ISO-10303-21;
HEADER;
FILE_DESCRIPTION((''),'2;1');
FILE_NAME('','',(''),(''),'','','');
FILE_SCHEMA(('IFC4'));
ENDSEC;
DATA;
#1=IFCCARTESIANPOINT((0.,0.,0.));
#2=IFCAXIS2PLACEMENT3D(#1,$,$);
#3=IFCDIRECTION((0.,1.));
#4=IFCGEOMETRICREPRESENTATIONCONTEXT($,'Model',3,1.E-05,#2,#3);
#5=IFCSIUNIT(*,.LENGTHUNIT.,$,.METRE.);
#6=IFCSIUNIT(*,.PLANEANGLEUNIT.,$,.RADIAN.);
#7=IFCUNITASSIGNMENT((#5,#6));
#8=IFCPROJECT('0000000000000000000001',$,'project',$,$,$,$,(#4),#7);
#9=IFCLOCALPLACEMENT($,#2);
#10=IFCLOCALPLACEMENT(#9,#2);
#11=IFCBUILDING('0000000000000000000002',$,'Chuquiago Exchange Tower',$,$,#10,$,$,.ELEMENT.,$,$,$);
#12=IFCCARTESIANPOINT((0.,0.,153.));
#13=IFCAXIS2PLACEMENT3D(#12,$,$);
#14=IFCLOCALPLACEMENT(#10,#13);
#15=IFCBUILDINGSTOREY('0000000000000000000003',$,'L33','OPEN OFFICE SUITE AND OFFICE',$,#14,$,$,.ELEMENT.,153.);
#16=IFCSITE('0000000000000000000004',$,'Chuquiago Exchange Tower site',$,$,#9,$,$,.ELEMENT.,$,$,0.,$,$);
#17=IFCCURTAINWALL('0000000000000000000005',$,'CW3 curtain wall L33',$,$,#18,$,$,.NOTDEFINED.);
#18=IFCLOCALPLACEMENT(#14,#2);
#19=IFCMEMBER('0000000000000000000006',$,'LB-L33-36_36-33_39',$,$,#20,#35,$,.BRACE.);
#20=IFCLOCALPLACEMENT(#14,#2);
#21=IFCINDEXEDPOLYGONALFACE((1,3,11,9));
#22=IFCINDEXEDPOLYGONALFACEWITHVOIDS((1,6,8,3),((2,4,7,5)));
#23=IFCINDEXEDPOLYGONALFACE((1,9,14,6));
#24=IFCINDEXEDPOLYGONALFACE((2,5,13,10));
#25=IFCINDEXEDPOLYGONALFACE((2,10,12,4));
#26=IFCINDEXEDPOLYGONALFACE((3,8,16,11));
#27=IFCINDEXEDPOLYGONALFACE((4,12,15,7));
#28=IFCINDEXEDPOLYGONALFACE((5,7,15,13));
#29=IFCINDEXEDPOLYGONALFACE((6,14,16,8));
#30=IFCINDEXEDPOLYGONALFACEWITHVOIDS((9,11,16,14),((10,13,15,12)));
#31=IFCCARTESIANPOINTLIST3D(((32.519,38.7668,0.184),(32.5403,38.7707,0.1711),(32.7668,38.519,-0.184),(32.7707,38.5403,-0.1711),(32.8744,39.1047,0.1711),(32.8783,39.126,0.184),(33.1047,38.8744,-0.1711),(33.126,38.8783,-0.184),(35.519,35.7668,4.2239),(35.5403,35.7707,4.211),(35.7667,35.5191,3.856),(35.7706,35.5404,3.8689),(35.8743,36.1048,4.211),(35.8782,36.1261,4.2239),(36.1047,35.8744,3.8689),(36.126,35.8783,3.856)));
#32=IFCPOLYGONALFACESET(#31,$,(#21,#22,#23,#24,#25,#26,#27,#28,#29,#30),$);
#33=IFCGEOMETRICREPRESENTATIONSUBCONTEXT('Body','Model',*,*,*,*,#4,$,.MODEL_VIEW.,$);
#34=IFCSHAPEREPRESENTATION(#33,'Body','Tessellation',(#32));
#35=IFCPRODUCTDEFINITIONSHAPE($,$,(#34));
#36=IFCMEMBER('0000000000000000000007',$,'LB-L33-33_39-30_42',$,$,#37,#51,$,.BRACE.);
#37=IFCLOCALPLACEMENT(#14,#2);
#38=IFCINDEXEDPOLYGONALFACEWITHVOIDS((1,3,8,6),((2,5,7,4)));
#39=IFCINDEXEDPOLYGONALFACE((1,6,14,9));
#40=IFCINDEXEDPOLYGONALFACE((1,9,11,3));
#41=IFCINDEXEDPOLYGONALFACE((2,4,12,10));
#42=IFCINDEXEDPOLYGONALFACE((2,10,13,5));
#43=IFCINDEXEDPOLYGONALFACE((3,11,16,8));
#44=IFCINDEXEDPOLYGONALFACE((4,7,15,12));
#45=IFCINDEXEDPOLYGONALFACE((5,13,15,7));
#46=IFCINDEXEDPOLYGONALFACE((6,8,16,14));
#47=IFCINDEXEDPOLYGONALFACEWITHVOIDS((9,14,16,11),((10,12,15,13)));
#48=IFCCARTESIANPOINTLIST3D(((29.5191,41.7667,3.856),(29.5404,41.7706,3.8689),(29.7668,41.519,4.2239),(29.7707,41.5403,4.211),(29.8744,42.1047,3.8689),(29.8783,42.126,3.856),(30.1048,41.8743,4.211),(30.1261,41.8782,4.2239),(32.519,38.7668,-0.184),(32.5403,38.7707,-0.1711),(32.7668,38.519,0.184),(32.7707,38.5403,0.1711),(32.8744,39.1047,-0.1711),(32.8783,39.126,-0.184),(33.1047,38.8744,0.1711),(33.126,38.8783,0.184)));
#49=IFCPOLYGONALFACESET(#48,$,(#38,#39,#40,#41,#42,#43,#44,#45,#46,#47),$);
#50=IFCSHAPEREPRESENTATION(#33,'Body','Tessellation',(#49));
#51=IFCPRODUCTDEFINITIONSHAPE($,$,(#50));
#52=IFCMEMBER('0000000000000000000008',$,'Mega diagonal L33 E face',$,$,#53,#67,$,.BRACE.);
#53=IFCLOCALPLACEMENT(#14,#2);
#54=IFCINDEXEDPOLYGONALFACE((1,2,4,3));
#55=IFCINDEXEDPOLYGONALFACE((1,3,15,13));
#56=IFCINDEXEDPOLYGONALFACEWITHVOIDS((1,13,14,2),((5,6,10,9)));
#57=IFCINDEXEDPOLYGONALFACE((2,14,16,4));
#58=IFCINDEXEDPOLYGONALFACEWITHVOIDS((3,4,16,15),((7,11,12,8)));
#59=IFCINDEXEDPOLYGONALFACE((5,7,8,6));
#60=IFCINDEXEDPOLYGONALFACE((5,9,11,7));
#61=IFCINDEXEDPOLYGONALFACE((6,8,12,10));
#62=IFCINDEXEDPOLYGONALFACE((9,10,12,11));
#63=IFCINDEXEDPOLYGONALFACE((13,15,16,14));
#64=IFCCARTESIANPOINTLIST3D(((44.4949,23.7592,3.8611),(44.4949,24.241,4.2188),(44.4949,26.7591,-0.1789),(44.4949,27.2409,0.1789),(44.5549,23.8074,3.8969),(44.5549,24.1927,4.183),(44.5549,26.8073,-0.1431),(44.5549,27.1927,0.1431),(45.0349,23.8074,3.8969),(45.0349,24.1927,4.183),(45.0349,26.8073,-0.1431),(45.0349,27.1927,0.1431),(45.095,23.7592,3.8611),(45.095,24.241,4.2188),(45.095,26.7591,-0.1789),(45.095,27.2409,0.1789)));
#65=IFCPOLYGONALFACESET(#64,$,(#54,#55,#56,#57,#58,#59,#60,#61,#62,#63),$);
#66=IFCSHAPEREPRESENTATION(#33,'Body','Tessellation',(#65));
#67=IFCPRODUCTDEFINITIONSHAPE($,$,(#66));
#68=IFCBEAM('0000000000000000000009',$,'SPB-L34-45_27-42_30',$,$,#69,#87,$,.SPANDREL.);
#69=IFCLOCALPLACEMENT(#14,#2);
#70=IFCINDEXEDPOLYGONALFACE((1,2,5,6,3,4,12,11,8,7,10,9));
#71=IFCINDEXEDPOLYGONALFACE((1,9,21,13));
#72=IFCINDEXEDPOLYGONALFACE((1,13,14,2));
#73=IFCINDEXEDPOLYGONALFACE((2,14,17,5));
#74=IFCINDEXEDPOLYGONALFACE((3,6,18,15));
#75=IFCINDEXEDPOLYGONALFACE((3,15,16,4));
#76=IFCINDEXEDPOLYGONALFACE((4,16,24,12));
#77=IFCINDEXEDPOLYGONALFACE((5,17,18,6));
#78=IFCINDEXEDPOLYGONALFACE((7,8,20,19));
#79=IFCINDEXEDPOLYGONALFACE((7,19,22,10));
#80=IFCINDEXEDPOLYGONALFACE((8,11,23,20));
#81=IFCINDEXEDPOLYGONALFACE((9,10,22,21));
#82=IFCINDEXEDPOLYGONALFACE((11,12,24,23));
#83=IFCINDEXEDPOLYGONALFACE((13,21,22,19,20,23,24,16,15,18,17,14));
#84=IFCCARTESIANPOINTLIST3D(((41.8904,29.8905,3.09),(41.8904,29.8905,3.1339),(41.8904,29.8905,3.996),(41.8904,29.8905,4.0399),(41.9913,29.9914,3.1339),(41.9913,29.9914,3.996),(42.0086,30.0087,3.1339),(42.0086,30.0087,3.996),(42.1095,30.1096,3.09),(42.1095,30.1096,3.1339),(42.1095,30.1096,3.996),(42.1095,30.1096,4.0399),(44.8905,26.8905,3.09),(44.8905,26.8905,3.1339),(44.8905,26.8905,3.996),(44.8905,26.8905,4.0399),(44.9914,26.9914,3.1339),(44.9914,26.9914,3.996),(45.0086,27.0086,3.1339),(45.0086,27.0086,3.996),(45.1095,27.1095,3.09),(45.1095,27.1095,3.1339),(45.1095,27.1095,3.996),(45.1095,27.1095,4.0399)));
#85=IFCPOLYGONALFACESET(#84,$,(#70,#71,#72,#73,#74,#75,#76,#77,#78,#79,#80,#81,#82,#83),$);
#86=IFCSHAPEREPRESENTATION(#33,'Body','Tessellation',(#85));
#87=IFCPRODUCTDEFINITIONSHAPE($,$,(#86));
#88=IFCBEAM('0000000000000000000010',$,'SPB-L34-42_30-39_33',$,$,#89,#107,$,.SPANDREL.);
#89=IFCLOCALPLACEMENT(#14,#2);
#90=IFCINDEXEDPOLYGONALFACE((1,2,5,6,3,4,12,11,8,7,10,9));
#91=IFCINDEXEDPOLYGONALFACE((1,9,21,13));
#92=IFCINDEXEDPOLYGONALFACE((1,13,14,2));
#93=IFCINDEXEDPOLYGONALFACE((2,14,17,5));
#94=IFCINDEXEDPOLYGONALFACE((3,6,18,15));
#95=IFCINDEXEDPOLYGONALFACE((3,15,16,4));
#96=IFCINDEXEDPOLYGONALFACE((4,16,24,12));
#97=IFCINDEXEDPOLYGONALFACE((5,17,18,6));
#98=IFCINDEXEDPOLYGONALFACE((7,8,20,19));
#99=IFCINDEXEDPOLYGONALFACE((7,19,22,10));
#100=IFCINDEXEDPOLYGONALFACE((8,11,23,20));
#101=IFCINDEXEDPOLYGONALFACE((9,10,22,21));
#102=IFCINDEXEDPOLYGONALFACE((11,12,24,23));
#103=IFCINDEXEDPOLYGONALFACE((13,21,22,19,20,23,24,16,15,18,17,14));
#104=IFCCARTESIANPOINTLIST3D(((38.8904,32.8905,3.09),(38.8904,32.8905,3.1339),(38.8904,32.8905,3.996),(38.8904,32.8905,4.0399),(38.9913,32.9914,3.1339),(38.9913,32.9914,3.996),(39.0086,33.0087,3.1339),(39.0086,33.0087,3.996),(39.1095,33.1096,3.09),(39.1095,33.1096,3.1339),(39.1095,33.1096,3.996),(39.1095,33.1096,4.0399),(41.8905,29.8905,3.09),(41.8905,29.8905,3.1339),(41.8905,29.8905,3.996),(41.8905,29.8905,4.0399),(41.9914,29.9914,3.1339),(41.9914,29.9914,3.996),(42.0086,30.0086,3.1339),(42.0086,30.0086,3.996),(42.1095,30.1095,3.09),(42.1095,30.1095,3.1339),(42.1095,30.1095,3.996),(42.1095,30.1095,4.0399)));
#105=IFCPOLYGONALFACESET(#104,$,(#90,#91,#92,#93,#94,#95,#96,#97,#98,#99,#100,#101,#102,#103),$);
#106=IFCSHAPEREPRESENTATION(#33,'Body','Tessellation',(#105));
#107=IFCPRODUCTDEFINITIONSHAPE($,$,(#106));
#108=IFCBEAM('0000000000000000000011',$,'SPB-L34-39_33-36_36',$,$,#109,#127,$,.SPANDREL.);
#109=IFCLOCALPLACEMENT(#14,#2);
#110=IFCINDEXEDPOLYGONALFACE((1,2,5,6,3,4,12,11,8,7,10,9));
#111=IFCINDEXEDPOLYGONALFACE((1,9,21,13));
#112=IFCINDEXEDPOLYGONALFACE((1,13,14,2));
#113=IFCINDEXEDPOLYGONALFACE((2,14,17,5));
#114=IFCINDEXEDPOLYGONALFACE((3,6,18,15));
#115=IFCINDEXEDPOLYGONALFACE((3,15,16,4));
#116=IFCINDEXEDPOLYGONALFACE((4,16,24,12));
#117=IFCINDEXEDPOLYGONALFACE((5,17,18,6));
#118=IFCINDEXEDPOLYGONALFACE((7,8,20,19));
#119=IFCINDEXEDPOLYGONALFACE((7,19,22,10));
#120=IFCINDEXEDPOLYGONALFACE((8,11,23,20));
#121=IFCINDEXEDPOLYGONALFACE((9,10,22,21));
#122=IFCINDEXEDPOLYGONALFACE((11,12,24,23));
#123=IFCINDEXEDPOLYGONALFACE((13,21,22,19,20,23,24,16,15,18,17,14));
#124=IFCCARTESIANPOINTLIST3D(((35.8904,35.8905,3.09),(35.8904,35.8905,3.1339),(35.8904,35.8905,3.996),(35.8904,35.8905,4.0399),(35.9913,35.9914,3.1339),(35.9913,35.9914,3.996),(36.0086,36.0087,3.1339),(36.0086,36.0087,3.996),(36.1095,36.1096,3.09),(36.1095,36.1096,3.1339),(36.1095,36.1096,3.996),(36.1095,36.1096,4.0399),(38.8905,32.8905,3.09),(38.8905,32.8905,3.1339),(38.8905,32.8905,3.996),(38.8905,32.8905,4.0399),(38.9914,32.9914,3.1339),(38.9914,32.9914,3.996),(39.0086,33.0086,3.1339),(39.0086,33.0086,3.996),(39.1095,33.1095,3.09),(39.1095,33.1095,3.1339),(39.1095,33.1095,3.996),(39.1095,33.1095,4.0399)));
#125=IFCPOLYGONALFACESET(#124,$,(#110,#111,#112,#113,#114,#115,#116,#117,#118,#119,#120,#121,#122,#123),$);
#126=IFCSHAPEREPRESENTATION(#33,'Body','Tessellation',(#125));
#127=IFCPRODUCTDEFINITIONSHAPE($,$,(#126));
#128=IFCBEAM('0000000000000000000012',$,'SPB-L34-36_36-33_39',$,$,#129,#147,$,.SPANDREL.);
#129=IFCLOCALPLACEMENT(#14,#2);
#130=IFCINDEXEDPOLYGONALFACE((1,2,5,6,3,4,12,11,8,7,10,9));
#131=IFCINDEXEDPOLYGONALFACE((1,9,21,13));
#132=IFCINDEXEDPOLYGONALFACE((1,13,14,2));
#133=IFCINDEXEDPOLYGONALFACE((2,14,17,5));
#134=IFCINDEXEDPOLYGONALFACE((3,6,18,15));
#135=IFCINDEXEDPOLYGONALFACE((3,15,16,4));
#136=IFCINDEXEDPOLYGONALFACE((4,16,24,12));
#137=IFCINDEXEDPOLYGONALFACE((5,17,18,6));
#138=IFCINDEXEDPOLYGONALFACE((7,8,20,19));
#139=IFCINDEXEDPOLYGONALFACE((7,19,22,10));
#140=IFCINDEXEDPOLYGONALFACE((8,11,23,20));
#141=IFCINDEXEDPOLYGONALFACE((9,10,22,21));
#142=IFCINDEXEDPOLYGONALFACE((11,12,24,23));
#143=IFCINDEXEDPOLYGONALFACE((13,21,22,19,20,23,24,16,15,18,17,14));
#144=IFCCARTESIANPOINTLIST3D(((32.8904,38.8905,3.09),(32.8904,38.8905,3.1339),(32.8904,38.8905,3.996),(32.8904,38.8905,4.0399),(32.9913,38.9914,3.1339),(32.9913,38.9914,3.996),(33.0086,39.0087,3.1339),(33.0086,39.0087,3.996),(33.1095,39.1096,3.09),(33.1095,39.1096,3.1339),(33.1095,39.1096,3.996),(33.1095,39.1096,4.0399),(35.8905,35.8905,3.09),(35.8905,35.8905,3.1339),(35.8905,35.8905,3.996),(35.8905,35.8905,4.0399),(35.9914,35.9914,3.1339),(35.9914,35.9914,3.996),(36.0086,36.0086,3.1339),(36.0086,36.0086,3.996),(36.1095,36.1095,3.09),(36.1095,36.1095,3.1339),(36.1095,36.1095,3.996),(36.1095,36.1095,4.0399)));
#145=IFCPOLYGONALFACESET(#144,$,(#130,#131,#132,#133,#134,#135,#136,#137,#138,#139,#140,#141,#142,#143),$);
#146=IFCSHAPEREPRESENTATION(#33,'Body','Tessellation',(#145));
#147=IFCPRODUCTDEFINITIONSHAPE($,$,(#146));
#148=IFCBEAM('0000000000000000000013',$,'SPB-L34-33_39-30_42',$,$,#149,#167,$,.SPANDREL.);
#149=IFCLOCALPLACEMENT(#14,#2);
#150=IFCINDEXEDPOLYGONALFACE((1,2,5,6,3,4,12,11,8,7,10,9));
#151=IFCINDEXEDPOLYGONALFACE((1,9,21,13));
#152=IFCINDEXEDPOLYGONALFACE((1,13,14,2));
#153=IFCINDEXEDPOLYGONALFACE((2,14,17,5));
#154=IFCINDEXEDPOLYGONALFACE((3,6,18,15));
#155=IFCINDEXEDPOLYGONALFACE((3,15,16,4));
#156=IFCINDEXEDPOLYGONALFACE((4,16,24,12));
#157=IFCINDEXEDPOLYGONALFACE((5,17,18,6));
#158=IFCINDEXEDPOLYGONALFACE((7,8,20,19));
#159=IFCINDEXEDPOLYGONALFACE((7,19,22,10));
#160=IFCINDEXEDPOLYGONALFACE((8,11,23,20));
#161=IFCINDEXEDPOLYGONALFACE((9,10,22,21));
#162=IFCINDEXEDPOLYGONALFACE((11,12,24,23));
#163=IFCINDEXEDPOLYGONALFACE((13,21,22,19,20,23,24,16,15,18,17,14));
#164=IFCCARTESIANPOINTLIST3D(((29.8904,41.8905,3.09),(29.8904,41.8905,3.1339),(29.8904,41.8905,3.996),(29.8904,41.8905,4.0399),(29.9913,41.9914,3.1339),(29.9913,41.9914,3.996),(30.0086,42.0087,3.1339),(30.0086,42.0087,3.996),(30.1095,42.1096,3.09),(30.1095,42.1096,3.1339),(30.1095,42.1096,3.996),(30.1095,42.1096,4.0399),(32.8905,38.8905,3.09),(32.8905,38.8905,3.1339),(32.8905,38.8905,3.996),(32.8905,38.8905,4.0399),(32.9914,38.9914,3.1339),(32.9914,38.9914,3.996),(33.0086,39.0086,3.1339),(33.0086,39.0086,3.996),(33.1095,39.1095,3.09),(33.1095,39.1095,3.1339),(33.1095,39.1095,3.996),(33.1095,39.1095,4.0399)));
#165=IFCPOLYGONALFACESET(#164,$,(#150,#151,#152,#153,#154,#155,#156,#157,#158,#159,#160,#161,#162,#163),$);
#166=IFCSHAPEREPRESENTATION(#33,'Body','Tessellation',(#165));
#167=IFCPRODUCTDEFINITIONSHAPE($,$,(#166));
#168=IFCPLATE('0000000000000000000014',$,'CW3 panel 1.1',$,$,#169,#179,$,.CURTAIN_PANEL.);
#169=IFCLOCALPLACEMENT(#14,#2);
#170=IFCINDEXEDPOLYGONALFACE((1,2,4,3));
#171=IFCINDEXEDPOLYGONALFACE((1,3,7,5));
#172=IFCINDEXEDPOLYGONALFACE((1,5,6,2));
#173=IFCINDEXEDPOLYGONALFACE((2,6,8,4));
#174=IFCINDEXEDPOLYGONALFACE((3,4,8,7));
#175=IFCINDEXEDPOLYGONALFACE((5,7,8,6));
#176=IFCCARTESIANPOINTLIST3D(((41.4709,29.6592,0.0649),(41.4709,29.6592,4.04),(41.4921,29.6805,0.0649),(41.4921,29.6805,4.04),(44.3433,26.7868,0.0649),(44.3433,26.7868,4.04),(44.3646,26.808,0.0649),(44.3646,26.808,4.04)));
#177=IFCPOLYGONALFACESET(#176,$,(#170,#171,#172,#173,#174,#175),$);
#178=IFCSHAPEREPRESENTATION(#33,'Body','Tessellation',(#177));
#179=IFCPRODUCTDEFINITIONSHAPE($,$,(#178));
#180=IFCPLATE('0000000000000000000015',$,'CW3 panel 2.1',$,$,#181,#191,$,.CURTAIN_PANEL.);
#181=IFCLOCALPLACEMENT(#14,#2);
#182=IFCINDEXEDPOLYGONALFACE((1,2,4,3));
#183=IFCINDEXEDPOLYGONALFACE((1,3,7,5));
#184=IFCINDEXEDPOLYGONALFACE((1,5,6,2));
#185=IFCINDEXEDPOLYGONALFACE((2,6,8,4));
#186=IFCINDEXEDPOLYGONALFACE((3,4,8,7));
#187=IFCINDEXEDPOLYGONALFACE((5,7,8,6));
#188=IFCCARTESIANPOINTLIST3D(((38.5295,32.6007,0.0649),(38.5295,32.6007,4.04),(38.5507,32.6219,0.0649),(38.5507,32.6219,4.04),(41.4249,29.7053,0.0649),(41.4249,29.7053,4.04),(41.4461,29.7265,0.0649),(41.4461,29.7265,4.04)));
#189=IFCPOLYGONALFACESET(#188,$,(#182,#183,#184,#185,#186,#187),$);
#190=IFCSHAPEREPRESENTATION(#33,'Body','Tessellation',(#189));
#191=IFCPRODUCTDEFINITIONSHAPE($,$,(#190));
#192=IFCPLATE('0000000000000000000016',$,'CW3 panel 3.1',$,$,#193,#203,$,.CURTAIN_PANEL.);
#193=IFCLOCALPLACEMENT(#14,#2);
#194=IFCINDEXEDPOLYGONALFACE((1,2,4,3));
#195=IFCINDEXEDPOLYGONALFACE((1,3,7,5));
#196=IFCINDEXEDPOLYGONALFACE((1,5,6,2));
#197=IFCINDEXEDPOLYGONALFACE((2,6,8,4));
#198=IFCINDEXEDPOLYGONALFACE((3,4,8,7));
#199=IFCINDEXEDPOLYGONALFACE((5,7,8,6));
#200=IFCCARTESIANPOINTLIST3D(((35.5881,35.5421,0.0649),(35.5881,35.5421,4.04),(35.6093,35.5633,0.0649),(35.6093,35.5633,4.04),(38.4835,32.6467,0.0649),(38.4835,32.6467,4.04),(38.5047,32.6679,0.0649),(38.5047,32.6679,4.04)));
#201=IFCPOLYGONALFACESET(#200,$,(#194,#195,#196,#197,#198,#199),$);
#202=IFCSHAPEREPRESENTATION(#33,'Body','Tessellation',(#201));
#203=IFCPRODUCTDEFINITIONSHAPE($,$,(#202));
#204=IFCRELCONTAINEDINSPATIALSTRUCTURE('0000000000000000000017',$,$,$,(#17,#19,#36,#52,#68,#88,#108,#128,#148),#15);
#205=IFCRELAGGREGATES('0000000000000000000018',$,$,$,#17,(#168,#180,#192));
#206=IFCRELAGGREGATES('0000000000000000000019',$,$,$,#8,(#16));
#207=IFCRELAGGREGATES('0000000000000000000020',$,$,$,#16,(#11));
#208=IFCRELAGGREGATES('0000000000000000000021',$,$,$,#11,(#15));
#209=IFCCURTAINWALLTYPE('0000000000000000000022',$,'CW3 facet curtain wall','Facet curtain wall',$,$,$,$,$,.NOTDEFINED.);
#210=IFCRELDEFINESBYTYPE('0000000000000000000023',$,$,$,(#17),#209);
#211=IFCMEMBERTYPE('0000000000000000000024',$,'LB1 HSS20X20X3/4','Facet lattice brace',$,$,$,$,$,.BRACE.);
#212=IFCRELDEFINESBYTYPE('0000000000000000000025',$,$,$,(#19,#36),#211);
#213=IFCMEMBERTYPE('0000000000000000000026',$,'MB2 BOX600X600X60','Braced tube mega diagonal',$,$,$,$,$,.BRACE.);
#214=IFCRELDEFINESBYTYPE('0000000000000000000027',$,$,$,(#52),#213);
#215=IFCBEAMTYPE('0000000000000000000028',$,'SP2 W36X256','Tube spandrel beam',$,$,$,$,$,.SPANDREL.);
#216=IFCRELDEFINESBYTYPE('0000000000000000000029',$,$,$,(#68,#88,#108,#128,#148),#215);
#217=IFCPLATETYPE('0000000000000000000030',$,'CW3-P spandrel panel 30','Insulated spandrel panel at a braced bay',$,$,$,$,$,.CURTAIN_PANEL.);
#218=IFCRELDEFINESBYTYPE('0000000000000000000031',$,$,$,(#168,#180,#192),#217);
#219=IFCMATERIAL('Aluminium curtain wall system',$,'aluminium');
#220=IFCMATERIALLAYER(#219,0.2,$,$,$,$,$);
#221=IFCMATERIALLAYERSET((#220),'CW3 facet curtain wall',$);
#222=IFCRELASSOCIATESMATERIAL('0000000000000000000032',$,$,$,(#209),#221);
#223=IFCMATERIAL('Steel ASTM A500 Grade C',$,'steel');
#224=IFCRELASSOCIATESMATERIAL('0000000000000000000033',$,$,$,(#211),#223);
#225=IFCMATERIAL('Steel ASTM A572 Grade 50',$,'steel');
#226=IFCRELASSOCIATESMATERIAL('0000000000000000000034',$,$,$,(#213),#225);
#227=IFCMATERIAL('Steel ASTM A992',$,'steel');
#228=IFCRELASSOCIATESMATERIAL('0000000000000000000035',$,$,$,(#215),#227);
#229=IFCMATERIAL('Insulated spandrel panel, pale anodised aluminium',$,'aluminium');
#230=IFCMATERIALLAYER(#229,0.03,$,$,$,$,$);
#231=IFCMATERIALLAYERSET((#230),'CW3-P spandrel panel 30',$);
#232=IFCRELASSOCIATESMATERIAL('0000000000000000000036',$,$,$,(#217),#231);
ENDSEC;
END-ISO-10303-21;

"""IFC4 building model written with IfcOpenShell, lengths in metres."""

from ifc_helpers import new_model, si_unit, direction, frame, origin, origin_2d, place, context, subcontext, project, spatial, rectangle, hollow_rectangle, i_section, extrude, material, layer, layer_set, material_profile, profile_set, type_object, element, aggregate, save


model = new_model("IFC4")

# Units and contexts
model_context = context("Model", 3, precision=1e-05, world=origin(), true_north=direction((0.0, 1.0)))
body_context = subcontext(model_context, "Body", "Model", "MODEL_VIEW")
ifc_project = project(units=[si_unit("LENGTHUNIT", "METRE"), si_unit("PLANEANGLEUNIT", "RADIAN")], contexts=[model_context])

# Site, building, storey
site_placement = place(None, origin())
site = spatial("IfcSite", under=ifc_project, at=site_placement, Name="Chuquiago Exchange Tower site", CompositionType="ELEMENT", RefElevation=0.0)
building_placement = place(site_placement, origin())
building = spatial("IfcBuilding", under=site, at=building_placement, Name="Chuquiago Exchange Tower", CompositionType="ELEMENT")
storey_placement = place(building_placement, frame((0.0, 0.0, 153.0)))
storey = spatial("IfcBuildingStorey", under=building, at=storey_placement, Name="L33", Description="OPEN OFFICE SUITE AND OFFICE", CompositionType="ELEMENT", Elevation=153.0)

# Curtain wall
ifc_material_1 = material(Name="Aluminium curtain wall system", Category="aluminium")
ifc_layer_1 = layer(ifc_material_1, 0.2)
ifc_layer_set_1 = layer_set([ifc_layer_1], Name="CW3 facet curtain wall")
curtain_wall_type = type_object("IfcCurtainWallType", Name="CW3 facet curtain wall", Description="Facet curtain wall", PredefinedType="NOTDEFINED", material=ifc_layer_set_1)
curtain_wall_placement = place(storey_placement, origin())
curtain_wall = element("IfcCurtainWall", 1, at=curtain_wall_placement, inside=storey, type_object=curtain_wall_type, Name="CW3 curtain wall L33", PredefinedType="NOTDEFINED")

# Members
ifc_material_2 = material(Name="Steel ASTM A500 Grade C", Category="steel")
ifc_material_profile_1 = material_profile(ifc_material_2, hollow_rectangle(XDim=0.5081, YDim=0.5081, WallThickness=0.0178, at=origin_2d()), Name="HSS20X20X3/4")
ifc_profile_set_1 = profile_set([ifc_material_profile_1], Name="Steel ASTM A500 Grade C")
member_type_1 = type_object("IfcMemberType", Name="LB1 HSS20X20X3/4", Description="Facet lattice brace", PredefinedType="BRACE", material=ifc_profile_set_1)
for number, where, z_axis, x_axis, name in (
    (2, (32.8225, 38.8225, 0.0), (0.512077, -0.512077, 0.689604), (0.707107, 0.707107, 0.0), "LB-L33-36_36-33_39"),
    (3, (32.8225, 38.8225, 0.0), (-0.512077, 0.512077, 0.689604), (-0.707107, -0.707107, 0.0), "LB-L33-33_39-30_42"),
):
    element("IfcMember", number, at=place(storey_placement, frame(where, z_axis=z_axis, x_axis=x_axis)), inside=storey, type_object=member_type_1, Name=name, PredefinedType="BRACE", context=body_context, shape_type="SweptSolid", body=[
        extrude(hollow_rectangle(XDim=0.5081, YDim=0.5081, WallThickness=0.0178, at=origin_2d()), origin(), (0.0, 0.0, 1.0), 5.8584),
    ])
ifc_material_3 = material(Name="Steel ASTM A572 Grade 50", Category="steel")
ifc_material_profile_2 = material_profile(ifc_material_3, hollow_rectangle(XDim=0.6001, YDim=0.6001, WallThickness=0.0601, at=origin_2d()), Name="BOX600X600X60")
ifc_profile_set_2 = profile_set([ifc_material_profile_2], Name="Steel ASTM A572 Grade 50")
member_type_2 = type_object("IfcMemberType", Name="MB2 BOX600X600X60", Description="Braced tube mega diagonal", PredefinedType="BRACE", material=ifc_profile_set_2)
member_1_placement = place(storey_placement, frame((44.7949, 27.0, 0.0), z_axis=(0.0, -0.596174, 0.802855), x_axis=(1.0, 0.0, 0.0)))
element("IfcMember", 4, at=member_1_placement, inside=storey, type_object=member_type_2, Name="Mega diagonal L33 E face", PredefinedType="BRACE", context=body_context, shape_type="SweptSolid", body=[
    extrude(hollow_rectangle(XDim=0.6001, YDim=0.6001, WallThickness=0.0601, at=origin_2d()), origin(), (0.0, 0.0, 1.0), 5.032),
])

# Beams
ifc_material_4 = material(Name="Steel ASTM A992", Category="steel")
ifc_material_profile_3 = material_profile(ifc_material_4, i_section(OverallWidth=0.3098, OverallDepth=0.95, WebThickness=0.0244, FlangeThickness=0.0439, at=origin_2d()), Name="W36X256")
ifc_profile_set_3 = profile_set([ifc_material_profile_3], Name="Steel ASTM A992")
beam_type_1 = type_object("IfcBeamType", Name="SP2 W36X256", Description="Tube spandrel beam", PredefinedType="SPANDREL", material=ifc_profile_set_3)
for number, where, z_axis, x_axis, name in (
    (5, (45.0, 27.0, 3.5649), (-0.707107, 0.707107, 0.0), (-0.707107, -0.707107, 0.0), "SPB-L34-45_27-42_30"),
    (6, (42.0, 30.0, 3.5649), (-0.707107, 0.707107, 0.0), (-0.707107, -0.707107, 0.0), "SPB-L34-42_30-39_33"),
    (7, (39.0, 33.0, 3.5649), (-0.707107, 0.707107, 0.0), (-0.707107, -0.707107, 0.0), "SPB-L34-39_33-36_36"),
    (8, (36.0, 36.0, 3.5649), (-0.707107, 0.707107, 0.0), (-0.707107, -0.707107, 0.0), "SPB-L34-36_36-33_39"),
    (9, (33.0, 39.0, 3.5649), (-0.707107, 0.707107, 0.0), (-0.707107, -0.707107, 0.0), "SPB-L34-33_39-30_42"),
):
    element("IfcBeam", number, at=place(storey_placement, frame(where, z_axis=z_axis, x_axis=x_axis)), inside=storey, type_object=beam_type_1, Name=name, PredefinedType="SPANDREL", context=body_context, shape_type="SweptSolid", body=[
        extrude(i_section(OverallWidth=0.3098, OverallDepth=0.95, WebThickness=0.0244, FlangeThickness=0.0439, at=origin_2d()), origin(), (0.0, 0.0, 1.0), 4.2427),
    ])

# Plates
ifc_material_5 = material(Name="Insulated spandrel panel, pale anodised aluminium", Category="aluminium")
ifc_layer_2 = layer(ifc_material_5, 0.03)
ifc_layer_set_2 = layer_set([ifc_layer_2], Name="CW3-P spandrel panel 30")
plate_type = type_object("IfcPlateType", Name="CW3-P spandrel panel 30", Description="Insulated spandrel panel at a braced bay", PredefinedType="CURTAIN_PANEL", material=ifc_layer_set_2)
plate_1_placement = place(storey_placement, frame((42.9177, 28.2336, 0.0649), z_axis=(0.0, 0.0, 1.0), x_axis=(-0.707107, 0.707107, 0.0)))
plate_1 = element("IfcPlate", 10, at=plate_1_placement, type_object=plate_type, Name="CW3 panel 1.1", PredefinedType="CURTAIN_PANEL", context=body_context, shape_type="SweptSolid", body=[
    extrude(rectangle(XDim=4.0623, YDim=0.03, at=origin_2d()), origin(), (0.0, 0.0, 1.0), 3.9751),
])
plate_2_placement = place(storey_placement, frame((39.9878, 31.1636, 0.0649), z_axis=(0.0, 0.0, 1.0), x_axis=(-0.707107, 0.707107, 0.0)))
plate_2 = element("IfcPlate", 11, at=plate_2_placement, type_object=plate_type, Name="CW3 panel 2.1", PredefinedType="CURTAIN_PANEL", context=body_context, shape_type="SweptSolid", body=[
    extrude(rectangle(XDim=4.0947, YDim=0.03, at=origin_2d()), origin(), (0.0, 0.0, 1.0), 3.9751),
])
plate_3_placement = place(storey_placement, frame((37.0464, 34.105, 0.0649), z_axis=(0.0, 0.0, 1.0), x_axis=(-0.707107, 0.707107, 0.0)))
plate_3 = element("IfcPlate", 12, at=plate_3_placement, type_object=plate_type, Name="CW3 panel 3.1", PredefinedType="CURTAIN_PANEL", context=body_context, shape_type="SweptSolid", body=[
    extrude(rectangle(XDim=4.0947, YDim=0.03, at=origin_2d()), origin(), (0.0, 0.0, 1.0), 3.9751),
])
aggregate(curtain_wall, [plate_1, plate_2, plate_3])

save(model, "model.ifc")
